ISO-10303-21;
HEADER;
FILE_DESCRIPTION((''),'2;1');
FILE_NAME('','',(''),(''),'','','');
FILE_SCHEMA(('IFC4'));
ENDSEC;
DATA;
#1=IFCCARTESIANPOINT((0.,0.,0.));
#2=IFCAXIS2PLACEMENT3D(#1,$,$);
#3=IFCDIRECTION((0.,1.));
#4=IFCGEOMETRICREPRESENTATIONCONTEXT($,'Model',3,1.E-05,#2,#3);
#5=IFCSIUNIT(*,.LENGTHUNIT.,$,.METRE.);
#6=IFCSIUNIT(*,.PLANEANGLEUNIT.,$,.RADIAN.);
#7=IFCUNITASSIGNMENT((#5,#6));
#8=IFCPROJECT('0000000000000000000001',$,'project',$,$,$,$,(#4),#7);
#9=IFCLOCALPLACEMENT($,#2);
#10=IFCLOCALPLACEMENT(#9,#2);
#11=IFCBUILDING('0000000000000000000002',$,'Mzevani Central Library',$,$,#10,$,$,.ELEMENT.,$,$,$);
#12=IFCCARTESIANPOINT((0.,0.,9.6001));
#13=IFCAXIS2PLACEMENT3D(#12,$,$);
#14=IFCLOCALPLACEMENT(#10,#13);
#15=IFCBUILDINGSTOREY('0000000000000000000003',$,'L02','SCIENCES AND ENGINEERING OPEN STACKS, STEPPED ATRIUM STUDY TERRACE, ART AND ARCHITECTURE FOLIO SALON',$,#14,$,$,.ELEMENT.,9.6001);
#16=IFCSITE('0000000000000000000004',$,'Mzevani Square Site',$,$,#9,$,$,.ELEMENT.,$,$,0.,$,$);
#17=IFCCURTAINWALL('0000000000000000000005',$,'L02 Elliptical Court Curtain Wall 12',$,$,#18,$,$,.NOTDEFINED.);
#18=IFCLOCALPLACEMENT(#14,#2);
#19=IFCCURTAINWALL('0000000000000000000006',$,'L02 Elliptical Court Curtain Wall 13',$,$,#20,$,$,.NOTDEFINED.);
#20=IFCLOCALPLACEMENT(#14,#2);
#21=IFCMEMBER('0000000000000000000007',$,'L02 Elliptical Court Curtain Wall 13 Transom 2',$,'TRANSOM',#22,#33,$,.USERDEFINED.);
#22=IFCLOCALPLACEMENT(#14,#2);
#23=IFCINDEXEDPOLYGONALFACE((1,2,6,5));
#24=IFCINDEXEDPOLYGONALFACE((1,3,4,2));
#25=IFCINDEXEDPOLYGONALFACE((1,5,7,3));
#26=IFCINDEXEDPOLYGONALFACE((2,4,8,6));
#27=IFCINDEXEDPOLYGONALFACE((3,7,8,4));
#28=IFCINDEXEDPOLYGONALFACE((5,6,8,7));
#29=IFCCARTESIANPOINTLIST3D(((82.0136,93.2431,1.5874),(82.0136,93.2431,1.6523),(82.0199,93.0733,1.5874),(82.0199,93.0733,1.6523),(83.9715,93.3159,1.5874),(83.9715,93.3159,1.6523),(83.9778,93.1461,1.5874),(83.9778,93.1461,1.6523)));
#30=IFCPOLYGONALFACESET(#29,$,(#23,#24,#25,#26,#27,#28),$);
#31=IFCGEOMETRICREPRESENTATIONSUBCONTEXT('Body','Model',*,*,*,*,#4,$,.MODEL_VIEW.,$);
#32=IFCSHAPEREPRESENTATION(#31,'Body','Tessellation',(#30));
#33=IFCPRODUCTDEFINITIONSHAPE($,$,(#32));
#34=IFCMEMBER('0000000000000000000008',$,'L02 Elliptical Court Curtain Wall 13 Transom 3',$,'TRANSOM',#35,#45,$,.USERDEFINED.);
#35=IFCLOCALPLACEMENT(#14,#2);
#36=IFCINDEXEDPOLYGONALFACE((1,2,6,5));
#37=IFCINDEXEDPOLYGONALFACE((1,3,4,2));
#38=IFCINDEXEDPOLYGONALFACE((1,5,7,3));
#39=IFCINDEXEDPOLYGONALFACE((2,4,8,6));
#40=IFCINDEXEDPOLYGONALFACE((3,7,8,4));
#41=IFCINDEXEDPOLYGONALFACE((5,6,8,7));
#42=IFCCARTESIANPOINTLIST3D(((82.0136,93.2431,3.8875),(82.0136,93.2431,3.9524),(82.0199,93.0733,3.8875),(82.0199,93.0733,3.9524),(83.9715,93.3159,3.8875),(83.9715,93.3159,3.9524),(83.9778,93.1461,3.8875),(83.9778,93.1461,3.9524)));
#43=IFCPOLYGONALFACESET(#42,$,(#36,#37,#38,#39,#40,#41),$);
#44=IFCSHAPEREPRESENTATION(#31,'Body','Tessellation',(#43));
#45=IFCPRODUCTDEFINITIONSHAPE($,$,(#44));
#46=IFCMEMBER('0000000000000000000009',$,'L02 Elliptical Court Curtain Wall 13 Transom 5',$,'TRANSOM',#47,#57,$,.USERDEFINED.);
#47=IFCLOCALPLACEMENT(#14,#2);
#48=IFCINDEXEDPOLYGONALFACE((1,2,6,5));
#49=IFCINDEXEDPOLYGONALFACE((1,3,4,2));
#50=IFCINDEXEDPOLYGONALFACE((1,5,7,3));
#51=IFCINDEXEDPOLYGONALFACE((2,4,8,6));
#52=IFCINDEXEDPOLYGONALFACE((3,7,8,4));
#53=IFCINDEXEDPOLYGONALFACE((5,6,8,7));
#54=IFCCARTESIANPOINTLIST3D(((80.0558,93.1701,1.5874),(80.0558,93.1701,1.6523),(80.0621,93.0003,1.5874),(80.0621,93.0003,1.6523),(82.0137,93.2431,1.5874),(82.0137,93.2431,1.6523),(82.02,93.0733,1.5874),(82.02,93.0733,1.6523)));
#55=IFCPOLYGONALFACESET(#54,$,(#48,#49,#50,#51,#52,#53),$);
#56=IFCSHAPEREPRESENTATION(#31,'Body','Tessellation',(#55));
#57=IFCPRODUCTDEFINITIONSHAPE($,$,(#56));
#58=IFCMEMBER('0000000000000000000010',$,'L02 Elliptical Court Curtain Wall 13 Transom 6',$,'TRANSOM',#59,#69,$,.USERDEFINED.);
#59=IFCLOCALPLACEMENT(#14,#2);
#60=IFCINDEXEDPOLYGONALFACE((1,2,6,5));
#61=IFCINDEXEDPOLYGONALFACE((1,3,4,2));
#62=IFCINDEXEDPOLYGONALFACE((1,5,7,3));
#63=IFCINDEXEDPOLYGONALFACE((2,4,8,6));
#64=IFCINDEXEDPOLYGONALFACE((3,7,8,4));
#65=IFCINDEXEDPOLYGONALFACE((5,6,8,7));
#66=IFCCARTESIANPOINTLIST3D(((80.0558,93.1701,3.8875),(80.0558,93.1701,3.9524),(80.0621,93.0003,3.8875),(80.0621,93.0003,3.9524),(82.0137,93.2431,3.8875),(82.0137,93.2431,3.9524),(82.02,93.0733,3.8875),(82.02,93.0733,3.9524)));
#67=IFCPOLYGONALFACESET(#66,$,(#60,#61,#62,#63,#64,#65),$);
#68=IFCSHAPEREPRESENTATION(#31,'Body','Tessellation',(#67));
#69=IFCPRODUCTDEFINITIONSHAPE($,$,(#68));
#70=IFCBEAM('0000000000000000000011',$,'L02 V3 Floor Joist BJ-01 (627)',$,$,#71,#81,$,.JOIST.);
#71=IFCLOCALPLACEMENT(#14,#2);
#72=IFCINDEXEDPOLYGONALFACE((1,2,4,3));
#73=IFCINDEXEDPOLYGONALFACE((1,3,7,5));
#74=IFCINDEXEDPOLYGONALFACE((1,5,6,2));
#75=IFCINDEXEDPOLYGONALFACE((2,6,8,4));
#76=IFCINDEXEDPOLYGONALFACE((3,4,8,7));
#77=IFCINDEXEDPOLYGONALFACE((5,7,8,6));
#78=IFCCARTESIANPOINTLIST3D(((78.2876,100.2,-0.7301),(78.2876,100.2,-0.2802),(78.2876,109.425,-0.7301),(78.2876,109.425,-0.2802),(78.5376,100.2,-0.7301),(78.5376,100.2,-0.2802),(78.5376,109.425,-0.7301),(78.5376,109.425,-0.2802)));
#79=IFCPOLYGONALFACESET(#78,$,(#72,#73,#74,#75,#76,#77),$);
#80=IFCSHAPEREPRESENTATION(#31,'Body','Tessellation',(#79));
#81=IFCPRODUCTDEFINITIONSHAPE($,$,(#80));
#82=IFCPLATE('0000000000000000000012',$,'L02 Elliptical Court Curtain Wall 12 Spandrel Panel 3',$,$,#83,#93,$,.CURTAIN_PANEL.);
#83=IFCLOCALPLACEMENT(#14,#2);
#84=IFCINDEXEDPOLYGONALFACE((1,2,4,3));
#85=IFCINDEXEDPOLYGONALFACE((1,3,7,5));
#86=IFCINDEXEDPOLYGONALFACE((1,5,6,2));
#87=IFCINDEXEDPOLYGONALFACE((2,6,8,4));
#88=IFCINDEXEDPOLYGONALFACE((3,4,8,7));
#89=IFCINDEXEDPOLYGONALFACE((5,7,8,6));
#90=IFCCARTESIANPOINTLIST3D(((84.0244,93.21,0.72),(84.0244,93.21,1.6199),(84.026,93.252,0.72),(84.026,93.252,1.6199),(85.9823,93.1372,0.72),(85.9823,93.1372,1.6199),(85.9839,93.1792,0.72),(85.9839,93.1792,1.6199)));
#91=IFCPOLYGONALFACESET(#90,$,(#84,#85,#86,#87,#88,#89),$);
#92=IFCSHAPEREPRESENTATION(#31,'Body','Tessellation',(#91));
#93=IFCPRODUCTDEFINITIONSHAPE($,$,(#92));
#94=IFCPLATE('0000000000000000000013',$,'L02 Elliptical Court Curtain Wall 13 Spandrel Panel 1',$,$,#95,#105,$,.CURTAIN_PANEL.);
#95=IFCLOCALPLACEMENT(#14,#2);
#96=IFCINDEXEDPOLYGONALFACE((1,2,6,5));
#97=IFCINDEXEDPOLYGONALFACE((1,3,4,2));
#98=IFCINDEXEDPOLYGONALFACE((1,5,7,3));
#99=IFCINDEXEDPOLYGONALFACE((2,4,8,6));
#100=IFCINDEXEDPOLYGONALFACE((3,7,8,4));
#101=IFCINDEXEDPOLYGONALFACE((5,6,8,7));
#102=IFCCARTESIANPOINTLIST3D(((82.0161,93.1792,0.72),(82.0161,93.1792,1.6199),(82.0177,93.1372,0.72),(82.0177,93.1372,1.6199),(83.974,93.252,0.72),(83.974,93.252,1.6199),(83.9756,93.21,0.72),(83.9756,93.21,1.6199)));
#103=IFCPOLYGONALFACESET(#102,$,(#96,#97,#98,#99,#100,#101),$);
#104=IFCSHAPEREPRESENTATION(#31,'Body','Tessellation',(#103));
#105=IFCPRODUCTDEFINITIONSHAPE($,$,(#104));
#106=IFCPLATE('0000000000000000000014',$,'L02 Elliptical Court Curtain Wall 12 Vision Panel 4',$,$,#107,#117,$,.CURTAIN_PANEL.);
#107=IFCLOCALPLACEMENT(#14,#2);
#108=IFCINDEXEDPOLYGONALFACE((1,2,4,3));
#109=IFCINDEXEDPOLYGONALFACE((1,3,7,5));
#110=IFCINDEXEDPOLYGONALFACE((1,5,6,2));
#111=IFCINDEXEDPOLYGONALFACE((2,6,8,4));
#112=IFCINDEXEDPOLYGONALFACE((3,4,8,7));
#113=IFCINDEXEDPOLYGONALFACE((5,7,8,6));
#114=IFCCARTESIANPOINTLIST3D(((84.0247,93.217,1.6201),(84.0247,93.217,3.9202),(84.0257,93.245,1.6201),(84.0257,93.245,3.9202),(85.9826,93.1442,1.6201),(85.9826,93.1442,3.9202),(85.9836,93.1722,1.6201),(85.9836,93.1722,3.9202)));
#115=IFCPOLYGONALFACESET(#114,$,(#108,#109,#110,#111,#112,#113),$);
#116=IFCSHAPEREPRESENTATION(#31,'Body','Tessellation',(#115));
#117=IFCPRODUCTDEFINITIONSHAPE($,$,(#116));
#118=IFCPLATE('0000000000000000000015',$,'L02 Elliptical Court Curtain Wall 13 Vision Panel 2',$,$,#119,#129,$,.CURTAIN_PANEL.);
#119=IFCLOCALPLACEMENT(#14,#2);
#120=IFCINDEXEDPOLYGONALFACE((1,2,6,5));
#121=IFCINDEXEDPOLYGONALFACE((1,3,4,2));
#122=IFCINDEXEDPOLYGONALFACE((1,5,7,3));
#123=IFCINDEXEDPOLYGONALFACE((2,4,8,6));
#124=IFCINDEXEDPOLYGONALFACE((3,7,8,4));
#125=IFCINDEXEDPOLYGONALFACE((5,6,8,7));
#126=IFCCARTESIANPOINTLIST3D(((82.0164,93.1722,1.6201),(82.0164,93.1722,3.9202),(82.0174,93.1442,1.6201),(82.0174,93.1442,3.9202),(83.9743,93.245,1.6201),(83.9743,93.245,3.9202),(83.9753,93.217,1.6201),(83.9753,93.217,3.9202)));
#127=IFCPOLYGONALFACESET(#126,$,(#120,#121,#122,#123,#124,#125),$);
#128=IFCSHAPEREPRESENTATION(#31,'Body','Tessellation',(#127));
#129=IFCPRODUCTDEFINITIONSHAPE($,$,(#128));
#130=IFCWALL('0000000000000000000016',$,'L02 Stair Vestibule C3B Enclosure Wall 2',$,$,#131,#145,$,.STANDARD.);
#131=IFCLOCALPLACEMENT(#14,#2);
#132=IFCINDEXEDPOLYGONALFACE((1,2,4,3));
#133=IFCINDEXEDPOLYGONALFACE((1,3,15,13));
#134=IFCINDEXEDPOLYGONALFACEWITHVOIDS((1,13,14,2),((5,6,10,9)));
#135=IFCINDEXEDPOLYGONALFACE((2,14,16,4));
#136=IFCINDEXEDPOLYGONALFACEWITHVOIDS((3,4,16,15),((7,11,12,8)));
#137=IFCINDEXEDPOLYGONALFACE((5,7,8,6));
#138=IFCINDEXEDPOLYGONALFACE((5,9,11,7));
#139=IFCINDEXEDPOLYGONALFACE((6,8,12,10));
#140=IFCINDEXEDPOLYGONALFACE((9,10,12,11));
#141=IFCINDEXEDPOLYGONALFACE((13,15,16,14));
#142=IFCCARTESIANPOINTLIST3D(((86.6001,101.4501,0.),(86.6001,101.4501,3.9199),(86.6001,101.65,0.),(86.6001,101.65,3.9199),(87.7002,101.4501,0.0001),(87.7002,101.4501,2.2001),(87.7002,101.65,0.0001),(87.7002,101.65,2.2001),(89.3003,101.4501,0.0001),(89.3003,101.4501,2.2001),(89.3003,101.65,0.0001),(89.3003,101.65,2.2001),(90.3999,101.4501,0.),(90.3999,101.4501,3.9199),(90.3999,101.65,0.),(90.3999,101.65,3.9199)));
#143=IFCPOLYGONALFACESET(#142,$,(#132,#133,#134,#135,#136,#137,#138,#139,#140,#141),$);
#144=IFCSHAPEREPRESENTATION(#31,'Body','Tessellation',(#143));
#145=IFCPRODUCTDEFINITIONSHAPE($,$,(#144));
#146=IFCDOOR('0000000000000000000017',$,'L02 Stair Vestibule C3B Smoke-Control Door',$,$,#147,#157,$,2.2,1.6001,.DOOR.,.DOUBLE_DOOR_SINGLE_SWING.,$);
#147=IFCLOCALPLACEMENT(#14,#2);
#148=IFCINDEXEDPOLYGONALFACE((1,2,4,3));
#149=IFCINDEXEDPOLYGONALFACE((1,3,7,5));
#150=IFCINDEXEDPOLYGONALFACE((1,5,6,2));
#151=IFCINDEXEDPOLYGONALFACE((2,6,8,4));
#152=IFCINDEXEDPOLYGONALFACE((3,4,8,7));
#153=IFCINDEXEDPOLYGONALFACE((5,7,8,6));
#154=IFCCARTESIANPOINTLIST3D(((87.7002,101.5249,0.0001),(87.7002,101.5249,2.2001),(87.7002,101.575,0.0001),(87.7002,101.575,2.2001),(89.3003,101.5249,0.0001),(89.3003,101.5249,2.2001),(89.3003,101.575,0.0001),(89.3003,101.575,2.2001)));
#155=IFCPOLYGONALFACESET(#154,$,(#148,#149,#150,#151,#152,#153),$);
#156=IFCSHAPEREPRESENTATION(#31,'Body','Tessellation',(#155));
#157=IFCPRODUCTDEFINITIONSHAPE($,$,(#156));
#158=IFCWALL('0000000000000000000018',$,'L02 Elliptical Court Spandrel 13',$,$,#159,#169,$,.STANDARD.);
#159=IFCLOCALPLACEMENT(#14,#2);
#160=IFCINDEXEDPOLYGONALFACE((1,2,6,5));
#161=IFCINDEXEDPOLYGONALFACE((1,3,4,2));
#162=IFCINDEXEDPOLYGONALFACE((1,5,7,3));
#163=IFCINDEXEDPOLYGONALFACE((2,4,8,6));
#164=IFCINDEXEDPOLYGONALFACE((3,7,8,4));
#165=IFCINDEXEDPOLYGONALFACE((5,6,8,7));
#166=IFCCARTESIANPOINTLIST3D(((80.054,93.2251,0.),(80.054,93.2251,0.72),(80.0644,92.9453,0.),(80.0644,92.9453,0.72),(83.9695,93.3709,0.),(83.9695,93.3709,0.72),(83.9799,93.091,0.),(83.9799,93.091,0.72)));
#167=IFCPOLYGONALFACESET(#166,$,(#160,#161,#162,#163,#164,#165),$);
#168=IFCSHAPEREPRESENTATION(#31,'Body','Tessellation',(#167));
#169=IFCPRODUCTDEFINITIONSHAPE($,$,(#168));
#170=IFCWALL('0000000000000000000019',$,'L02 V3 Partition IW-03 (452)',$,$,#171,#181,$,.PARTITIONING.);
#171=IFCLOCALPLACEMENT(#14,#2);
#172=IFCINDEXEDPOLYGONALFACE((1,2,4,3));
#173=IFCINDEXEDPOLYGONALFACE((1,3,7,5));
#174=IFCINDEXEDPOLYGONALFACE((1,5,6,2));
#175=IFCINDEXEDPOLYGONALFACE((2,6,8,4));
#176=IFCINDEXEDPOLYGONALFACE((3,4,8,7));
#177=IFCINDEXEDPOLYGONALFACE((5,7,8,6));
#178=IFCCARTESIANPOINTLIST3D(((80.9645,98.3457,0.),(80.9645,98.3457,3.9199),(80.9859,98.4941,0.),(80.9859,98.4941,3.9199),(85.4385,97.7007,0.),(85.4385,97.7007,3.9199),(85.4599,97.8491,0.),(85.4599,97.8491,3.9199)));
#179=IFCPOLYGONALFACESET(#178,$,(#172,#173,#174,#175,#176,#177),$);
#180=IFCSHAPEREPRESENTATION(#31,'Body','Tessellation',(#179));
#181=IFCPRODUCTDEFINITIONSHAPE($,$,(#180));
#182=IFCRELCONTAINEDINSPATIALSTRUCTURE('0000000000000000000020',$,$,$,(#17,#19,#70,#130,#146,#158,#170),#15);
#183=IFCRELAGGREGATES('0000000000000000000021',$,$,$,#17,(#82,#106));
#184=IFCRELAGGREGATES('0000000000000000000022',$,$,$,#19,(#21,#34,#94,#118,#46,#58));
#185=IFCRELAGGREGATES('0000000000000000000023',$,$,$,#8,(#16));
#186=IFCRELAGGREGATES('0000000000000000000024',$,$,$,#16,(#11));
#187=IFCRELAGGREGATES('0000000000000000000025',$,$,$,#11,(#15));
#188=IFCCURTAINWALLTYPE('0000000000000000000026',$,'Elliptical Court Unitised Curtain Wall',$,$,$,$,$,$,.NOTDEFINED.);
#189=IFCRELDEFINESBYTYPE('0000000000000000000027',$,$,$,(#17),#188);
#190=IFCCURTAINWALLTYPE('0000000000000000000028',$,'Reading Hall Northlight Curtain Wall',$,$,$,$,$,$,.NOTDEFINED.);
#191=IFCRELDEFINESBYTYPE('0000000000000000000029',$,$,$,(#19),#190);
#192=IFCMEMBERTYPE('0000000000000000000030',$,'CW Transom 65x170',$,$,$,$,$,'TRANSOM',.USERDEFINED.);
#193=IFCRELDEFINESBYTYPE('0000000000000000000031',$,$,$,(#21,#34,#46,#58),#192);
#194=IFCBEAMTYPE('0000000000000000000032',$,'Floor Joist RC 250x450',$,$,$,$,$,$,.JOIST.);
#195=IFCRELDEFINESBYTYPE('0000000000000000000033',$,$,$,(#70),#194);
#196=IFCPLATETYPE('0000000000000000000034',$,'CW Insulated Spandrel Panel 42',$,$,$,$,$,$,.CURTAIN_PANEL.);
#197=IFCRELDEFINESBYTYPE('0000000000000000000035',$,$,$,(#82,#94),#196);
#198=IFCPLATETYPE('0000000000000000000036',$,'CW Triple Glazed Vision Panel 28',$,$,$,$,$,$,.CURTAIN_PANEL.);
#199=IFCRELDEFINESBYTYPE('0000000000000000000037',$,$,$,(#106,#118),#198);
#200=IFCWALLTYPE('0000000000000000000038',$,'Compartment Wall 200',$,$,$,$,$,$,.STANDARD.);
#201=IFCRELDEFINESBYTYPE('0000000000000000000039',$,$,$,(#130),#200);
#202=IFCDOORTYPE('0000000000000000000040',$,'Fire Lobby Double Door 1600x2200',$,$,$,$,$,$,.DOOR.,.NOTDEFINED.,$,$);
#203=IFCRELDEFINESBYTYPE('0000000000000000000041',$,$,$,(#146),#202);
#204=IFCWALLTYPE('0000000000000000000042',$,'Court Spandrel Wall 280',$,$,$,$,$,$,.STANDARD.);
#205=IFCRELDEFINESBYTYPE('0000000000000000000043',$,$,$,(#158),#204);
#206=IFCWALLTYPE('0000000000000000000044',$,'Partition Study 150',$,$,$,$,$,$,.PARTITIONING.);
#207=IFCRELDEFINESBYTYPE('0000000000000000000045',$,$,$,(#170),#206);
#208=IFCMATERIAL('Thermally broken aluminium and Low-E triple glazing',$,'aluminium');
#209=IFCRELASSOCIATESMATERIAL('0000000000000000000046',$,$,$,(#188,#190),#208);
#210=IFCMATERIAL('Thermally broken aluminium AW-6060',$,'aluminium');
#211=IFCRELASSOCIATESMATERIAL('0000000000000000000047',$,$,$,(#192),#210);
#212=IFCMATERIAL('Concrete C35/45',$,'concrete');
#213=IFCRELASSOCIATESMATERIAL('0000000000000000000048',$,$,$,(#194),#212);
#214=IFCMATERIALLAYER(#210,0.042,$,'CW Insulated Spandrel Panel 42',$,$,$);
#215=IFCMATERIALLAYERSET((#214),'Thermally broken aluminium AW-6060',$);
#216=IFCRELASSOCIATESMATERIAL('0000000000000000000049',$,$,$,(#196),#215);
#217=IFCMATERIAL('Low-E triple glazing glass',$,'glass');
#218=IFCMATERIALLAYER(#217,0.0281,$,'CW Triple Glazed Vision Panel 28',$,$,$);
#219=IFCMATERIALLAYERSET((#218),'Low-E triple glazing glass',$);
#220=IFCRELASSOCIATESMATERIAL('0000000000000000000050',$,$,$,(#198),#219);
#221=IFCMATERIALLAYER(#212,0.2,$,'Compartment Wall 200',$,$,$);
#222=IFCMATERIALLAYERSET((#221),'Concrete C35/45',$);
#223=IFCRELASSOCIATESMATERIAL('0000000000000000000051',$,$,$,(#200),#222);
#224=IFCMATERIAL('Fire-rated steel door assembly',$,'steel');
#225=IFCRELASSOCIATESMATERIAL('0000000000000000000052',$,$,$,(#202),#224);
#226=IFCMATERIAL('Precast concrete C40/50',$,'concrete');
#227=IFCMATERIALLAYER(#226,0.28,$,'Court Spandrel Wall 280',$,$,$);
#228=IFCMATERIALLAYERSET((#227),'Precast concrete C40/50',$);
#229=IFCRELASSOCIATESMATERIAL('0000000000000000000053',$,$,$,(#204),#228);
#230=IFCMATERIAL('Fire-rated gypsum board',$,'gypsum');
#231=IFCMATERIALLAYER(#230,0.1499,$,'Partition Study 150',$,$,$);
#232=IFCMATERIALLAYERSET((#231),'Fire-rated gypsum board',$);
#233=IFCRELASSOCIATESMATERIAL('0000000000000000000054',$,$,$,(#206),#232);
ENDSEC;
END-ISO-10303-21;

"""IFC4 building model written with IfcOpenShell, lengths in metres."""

from ifc_helpers import new_model, si_unit, direction, frame, frame_2d, origin, origin_2d, place, context, subcontext, project, spatial, rectangle, extrude, material, layer, layer_set, material_profile, profile_set, type_object, element, fill, aggregate, save


model = new_model("IFC4")

# Units and contexts
model_context = context("Model", 3, precision=1e-05, world=origin(), true_north=direction((0.0, 1.0)))
body_context = subcontext(model_context, "Body", "Model", "MODEL_VIEW")
ifc_project = project(units=[si_unit("LENGTHUNIT", "METRE"), si_unit("PLANEANGLEUNIT", "RADIAN")], contexts=[model_context])

# Site, building, storey
site_placement = place(None, origin())
site = spatial("IfcSite", under=ifc_project, at=site_placement, Name="Mzevani Square Site", CompositionType="ELEMENT", RefElevation=0.0)
building_placement = place(site_placement, origin())
building = spatial("IfcBuilding", under=site, at=building_placement, Name="Mzevani Central Library", CompositionType="ELEMENT")
storey_placement = place(building_placement, frame((0.0, 0.0, 9.6001)))
storey = spatial("IfcBuildingStorey", under=building, at=storey_placement, Name="L02", Description="SCIENCES AND ENGINEERING OPEN STACKS, STEPPED ATRIUM STUDY TERRACE, ART AND ARCHITECTURE FOLIO SALON", CompositionType="ELEMENT", Elevation=9.6001)

# Shared definitions
ifc_material_1 = material(Name="Concrete C35/45", Category="concrete")

# Curtain wall
ifc_material_2 = material(Name="Thermally broken aluminium and Low-E triple glazing", Category="aluminium")
curtain_wall_type_1 = type_object("IfcCurtainWallType", Name="Elliptical Court Unitised Curtain Wall", PredefinedType="NOTDEFINED", material=ifc_material_2)
curtain_wall_1_placement = place(storey_placement, origin())
curtain_wall_1 = element("IfcCurtainWall", 1, at=curtain_wall_1_placement, inside=storey, type_object=curtain_wall_type_1, Name="L02 Elliptical Court Curtain Wall 12", PredefinedType="NOTDEFINED")
ifc_material_3 = material(Name="Thermally broken aluminium AW-6060", Category="aluminium")

# Curtain wall
curtain_wall_type_2 = type_object("IfcCurtainWallType", Name="Reading Hall Northlight Curtain Wall", PredefinedType="NOTDEFINED", material=ifc_material_2)
curtain_wall_2_placement = place(storey_placement, origin())
curtain_wall_2 = element("IfcCurtainWall", 2, at=curtain_wall_2_placement, inside=storey, type_object=curtain_wall_type_2, Name="L02 Elliptical Court Curtain Wall 13", PredefinedType="NOTDEFINED")

# Members
ifc_material_profile_1 = material_profile(ifc_material_3, rectangle(XDim=0.1699, YDim=0.0649, at=origin_2d()), Name="ALU T65x170")
ifc_profile_set_1 = profile_set([ifc_material_profile_1], Name="Thermally broken aluminium AW-6060")
member_type_1 = type_object("IfcMemberType", Name="CW Transom 65x170", ElementType="TRANSOM", PredefinedType="USERDEFINED", material=ifc_profile_set_1)
member_1_placement = place(storey_placement, frame((83.9746, 93.231, 1.6199), z_axis=(-0.99931, -0.037136, 0.0), x_axis=(0.037136, -0.99931, 0.0)))
member_1 = element("IfcMember", 3, at=member_1_placement, type_object=member_type_1, Name="L02 Elliptical Court Curtain Wall 13 Transom 2", ObjectType="TRANSOM", PredefinedType="USERDEFINED", context=body_context, shape_type="SweptSolid", body=[
    extrude(rectangle(XDim=0.1699, YDim=0.0649, at=origin_2d()), origin(), (0.0, 0.0, 1.0), 1.9592),
])
member_2_placement = place(storey_placement, frame((83.9746, 93.231, 3.9199), z_axis=(-0.99931, -0.037136, 0.0), x_axis=(0.037136, -0.99931, 0.0)))
member_2 = element("IfcMember", 4, at=member_2_placement, type_object=member_type_1, Name="L02 Elliptical Court Curtain Wall 13 Transom 3", ObjectType="TRANSOM", PredefinedType="USERDEFINED", context=body_context, shape_type="SweptSolid", body=[
    extrude(rectangle(XDim=0.1699, YDim=0.0649, at=origin_2d()), origin(), (0.0, 0.0, 1.0), 1.9592),
])
member_3_placement = place(storey_placement, frame((82.0168, 93.1582, 1.6199), z_axis=(-0.999306, -0.037261, 0.0), x_axis=(0.037261, -0.999306, 0.0)))
member_3 = element("IfcMember", 5, at=member_3_placement, type_object=member_type_1, Name="L02 Elliptical Court Curtain Wall 13 Transom 5", ObjectType="TRANSOM", PredefinedType="USERDEFINED", context=body_context, shape_type="SweptSolid", body=[
    extrude(rectangle(XDim=0.1699, YDim=0.0649, at=origin_2d()), origin(), (0.0, 0.0, 1.0), 1.9592),
])
member_4_placement = place(storey_placement, frame((82.0168, 93.1582, 3.9199), z_axis=(-0.999306, -0.037261, 0.0), x_axis=(0.037261, -0.999306, 0.0)))
member_4 = element("IfcMember", 6, at=member_4_placement, type_object=member_type_1, Name="L02 Elliptical Court Curtain Wall 13 Transom 6", ObjectType="TRANSOM", PredefinedType="USERDEFINED", context=body_context, shape_type="SweptSolid", body=[
    extrude(rectangle(XDim=0.1699, YDim=0.0649, at=origin_2d()), origin(), (0.0, 0.0, 1.0), 1.9592),
])

# Beam
ifc_material_profile_2 = material_profile(ifc_material_1, rectangle(XDim=0.25, YDim=0.45, at=origin_2d()), Name="RC J250x450")
ifc_profile_set_2 = profile_set([ifc_material_profile_2], Name="Concrete C35/45")
beam_type_1 = type_object("IfcBeamType", Name="Floor Joist RC 250x450", PredefinedType="JOIST", material=ifc_profile_set_2)
beam_1_placement = place(storey_placement, frame((78.4126, 100.2, -0.5051), z_axis=(0.0, 1.0, 0.0), x_axis=(-1.0, 0.0, 0.0)))
element("IfcBeam", 7, at=beam_1_placement, inside=storey, type_object=beam_type_1, Name="L02 V3 Floor Joist BJ-01 (627)", PredefinedType="JOIST", context=body_context, shape_type="SweptSolid", body=[
    extrude(rectangle(XDim=0.25, YDim=0.45, at=origin_2d()), origin(), (0.0, 0.0, 1.0), 9.2251),
])

# Plates
ifc_layer_1 = layer(ifc_material_3, 0.042, Name="CW Insulated Spandrel Panel 42")
ifc_layer_set_1 = layer_set([ifc_layer_1], Name="Thermally broken aluminium AW-6060")
plate_type_1 = type_object("IfcPlateType", Name="CW Insulated Spandrel Panel 42", PredefinedType="CURTAIN_PANEL", material=ifc_layer_set_1)
plate_1_placement = place(storey_placement, frame((85.0042, 93.1946, 0.72), z_axis=(0.0, 0.0, 1.0), x_axis=(-0.999309, 0.037158, 0.0)))
plate_1 = element("IfcPlate", 8, at=plate_1_placement, type_object=plate_type_1, Name="L02 Elliptical Court Curtain Wall 12 Spandrel Panel 3", PredefinedType="CURTAIN_PANEL", context=body_context, shape_type="SweptSolid", body=[
    extrude(rectangle(XDim=1.9592, YDim=0.042, at=origin_2d()), origin(), (0.0, 0.0, 1.0), 0.8999),
])
plate_2_placement = place(storey_placement, frame((82.9958, 93.1946, 0.72), z_axis=(0.0, 0.0, 1.0), x_axis=(-0.999309, -0.037158, 0.0)))
plate_2 = element("IfcPlate", 9, at=plate_2_placement, type_object=plate_type_1, Name="L02 Elliptical Court Curtain Wall 13 Spandrel Panel 1", PredefinedType="CURTAIN_PANEL", context=body_context, shape_type="SweptSolid", body=[
    extrude(rectangle(XDim=1.9592, YDim=0.042, at=origin_2d()), origin(), (0.0, 0.0, 1.0), 0.8999),
])
ifc_material_4 = material(Name="Low-E triple glazing glass", Category="glass")
ifc_layer_2 = layer(ifc_material_4, 0.0281, Name="CW Triple Glazed Vision Panel 28")
ifc_layer_set_2 = layer_set([ifc_layer_2], Name="Low-E triple glazing glass")
plate_type_2 = type_object("IfcPlateType", Name="CW Triple Glazed Vision Panel 28", PredefinedType="CURTAIN_PANEL", material=ifc_layer_set_2)
plate_3_placement = place(storey_placement, frame((85.0042, 93.1946, 1.6201), z_axis=(0.0, 0.0, 1.0), x_axis=(-0.999309, 0.037158, 0.0)))
plate_3 = element("IfcPlate", 10, at=plate_3_placement, type_object=plate_type_2, Name="L02 Elliptical Court Curtain Wall 12 Vision Panel 4", PredefinedType="CURTAIN_PANEL", context=body_context, shape_type="SweptSolid", body=[
    extrude(rectangle(XDim=1.9592, YDim=0.0281, at=origin_2d()), origin(), (0.0, 0.0, 1.0), 2.3),
])
aggregate(curtain_wall_1, [plate_1, plate_3])
plate_4_placement = place(storey_placement, frame((82.9958, 93.1946, 1.6201), z_axis=(0.0, 0.0, 1.0), x_axis=(-0.999309, -0.037158, 0.0)))
plate_4 = element("IfcPlate", 11, at=plate_4_placement, type_object=plate_type_2, Name="L02 Elliptical Court Curtain Wall 13 Vision Panel 2", PredefinedType="CURTAIN_PANEL", context=body_context, shape_type="SweptSolid", body=[
    extrude(rectangle(XDim=1.9592, YDim=0.0281, at=origin_2d()), origin(), (0.0, 0.0, 1.0), 2.3),
])
aggregate(curtain_wall_2, [member_1, member_2, plate_2, plate_4, member_3, member_4])

# Wall, opening, door
ifc_layer_3 = layer(ifc_material_1, 0.2, Name="Compartment Wall 200")
ifc_layer_set_3 = layer_set([ifc_layer_3], Name="Concrete C35/45")
wall_type_1 = type_object("IfcWallType", Name="Compartment Wall 200", PredefinedType="STANDARD", material=ifc_layer_set_3)
wall_1_placement = place(storey_placement, frame((86.6001, 101.55, 0.0), z_axis=(0.0, 0.0, 1.0), x_axis=(1.0, 0.0, 0.0)))
wall_1 = element("IfcWall", 12, at=wall_1_placement, inside=storey, type_object=wall_type_1, Name="L02 Stair Vestibule C3B Enclosure Wall 2", PredefinedType="STANDARD", context=body_context, shape_type="SweptSolid", body=[
    extrude(rectangle(XDim=3.7998, YDim=0.2, at=frame_2d((1.8999, 0.0))), origin(), (0.0, 0.0, 1.0), 3.9199),
])
opening_1_placement = place(wall_1_placement, frame((1.1001, 0.0, 0.0)))
opening_1 = element("IfcOpeningElement", 13, at=opening_1_placement, cuts=wall_1, PredefinedType="OPENING", context=body_context, shape_type="SweptSolid", body=[
    extrude(rectangle(XDim=1.6001, YDim=2.2, at=frame_2d((0.8, 1.1001))), frame((0.0, 0.1099, 0.0), z_axis=(0.0, -1.0, 0.0), x_axis=(1.0, 0.0, 0.0)), (0.0, 0.0, 1.0), 0.22),
])
ifc_material_5 = material(Name="Fire-rated steel door assembly", Category="steel")
door_type_1 = type_object("IfcDoorType", Name="Fire Lobby Double Door 1600x2200", OperationType="NOTDEFINED", PredefinedType="DOOR", material=ifc_material_5)
door_1_placement = place(opening_1_placement, origin())
door_1 = element("IfcDoor", 14, at=door_1_placement, inside=storey, type_object=door_type_1, Name="L02 Stair Vestibule C3B Smoke-Control Door", OperationType="DOUBLE_DOOR_SINGLE_SWING", OverallHeight=2.2, OverallWidth=1.6001, PredefinedType="DOOR", context=body_context, shape_type="SweptSolid", body=[
    extrude(rectangle(XDim=1.6001, YDim=2.2, at=frame_2d((0.8, 1.1001))), frame((0.0, 0.0249, 0.0), z_axis=(0.0, -1.0, 0.0), x_axis=(1.0, 0.0, 0.0)), (0.0, 0.0, 1.0), 0.05),
])
fill(opening_1, door_1)

# Walls
ifc_material_6 = material(Name="Precast concrete C40/50", Category="concrete")
ifc_layer_4 = layer(ifc_material_6, 0.28, Name="Court Spandrel Wall 280")
ifc_layer_set_4 = layer_set([ifc_layer_4], Name="Precast concrete C40/50")
wall_type_2 = type_object("IfcWallType", Name="Court Spandrel Wall 280", PredefinedType="STANDARD", material=ifc_layer_set_4)
wall_2_placement = place(storey_placement, frame((83.9746, 93.231, 0.0), z_axis=(0.0, 0.0, 1.0), x_axis=(-0.999308, -0.037198, 0.0)))
element("IfcWall", 15, at=wall_2_placement, inside=storey, type_object=wall_type_2, Name="L02 Elliptical Court Spandrel 13", PredefinedType="STANDARD", context=body_context, shape_type="SweptSolid", body=[
    extrude(rectangle(XDim=3.9182, YDim=0.28, at=frame_2d((1.959, 0.0))), origin(), (0.0, 0.0, 1.0), 0.72),
])
ifc_material_7 = material(Name="Fire-rated gypsum board", Category="gypsum")
ifc_layer_5 = layer(ifc_material_7, 0.1499, Name="Partition Study 150")
ifc_layer_set_5 = layer_set([ifc_layer_5], Name="Fire-rated gypsum board")
wall_type_3 = type_object("IfcWallType", Name="Partition Study 150", PredefinedType="PARTITIONING", material=ifc_layer_set_5)
wall_3_placement = place(storey_placement, frame((80.9751, 98.4199, 0.0), z_axis=(0.0, 0.0, 1.0), x_axis=(0.989767, -0.142692, 0.0)))
element("IfcWall", 16, at=wall_3_placement, inside=storey, type_object=wall_type_3, Name="L02 V3 Partition IW-03 (452)", PredefinedType="PARTITIONING", context=body_context, shape_type="SweptSolid", body=[
    extrude(rectangle(XDim=4.5203, YDim=0.1499, at=frame_2d((2.2603, 0.0))), origin(), (0.0, 0.0, 1.0), 3.9199),
])

save(model, "model.ifc")
